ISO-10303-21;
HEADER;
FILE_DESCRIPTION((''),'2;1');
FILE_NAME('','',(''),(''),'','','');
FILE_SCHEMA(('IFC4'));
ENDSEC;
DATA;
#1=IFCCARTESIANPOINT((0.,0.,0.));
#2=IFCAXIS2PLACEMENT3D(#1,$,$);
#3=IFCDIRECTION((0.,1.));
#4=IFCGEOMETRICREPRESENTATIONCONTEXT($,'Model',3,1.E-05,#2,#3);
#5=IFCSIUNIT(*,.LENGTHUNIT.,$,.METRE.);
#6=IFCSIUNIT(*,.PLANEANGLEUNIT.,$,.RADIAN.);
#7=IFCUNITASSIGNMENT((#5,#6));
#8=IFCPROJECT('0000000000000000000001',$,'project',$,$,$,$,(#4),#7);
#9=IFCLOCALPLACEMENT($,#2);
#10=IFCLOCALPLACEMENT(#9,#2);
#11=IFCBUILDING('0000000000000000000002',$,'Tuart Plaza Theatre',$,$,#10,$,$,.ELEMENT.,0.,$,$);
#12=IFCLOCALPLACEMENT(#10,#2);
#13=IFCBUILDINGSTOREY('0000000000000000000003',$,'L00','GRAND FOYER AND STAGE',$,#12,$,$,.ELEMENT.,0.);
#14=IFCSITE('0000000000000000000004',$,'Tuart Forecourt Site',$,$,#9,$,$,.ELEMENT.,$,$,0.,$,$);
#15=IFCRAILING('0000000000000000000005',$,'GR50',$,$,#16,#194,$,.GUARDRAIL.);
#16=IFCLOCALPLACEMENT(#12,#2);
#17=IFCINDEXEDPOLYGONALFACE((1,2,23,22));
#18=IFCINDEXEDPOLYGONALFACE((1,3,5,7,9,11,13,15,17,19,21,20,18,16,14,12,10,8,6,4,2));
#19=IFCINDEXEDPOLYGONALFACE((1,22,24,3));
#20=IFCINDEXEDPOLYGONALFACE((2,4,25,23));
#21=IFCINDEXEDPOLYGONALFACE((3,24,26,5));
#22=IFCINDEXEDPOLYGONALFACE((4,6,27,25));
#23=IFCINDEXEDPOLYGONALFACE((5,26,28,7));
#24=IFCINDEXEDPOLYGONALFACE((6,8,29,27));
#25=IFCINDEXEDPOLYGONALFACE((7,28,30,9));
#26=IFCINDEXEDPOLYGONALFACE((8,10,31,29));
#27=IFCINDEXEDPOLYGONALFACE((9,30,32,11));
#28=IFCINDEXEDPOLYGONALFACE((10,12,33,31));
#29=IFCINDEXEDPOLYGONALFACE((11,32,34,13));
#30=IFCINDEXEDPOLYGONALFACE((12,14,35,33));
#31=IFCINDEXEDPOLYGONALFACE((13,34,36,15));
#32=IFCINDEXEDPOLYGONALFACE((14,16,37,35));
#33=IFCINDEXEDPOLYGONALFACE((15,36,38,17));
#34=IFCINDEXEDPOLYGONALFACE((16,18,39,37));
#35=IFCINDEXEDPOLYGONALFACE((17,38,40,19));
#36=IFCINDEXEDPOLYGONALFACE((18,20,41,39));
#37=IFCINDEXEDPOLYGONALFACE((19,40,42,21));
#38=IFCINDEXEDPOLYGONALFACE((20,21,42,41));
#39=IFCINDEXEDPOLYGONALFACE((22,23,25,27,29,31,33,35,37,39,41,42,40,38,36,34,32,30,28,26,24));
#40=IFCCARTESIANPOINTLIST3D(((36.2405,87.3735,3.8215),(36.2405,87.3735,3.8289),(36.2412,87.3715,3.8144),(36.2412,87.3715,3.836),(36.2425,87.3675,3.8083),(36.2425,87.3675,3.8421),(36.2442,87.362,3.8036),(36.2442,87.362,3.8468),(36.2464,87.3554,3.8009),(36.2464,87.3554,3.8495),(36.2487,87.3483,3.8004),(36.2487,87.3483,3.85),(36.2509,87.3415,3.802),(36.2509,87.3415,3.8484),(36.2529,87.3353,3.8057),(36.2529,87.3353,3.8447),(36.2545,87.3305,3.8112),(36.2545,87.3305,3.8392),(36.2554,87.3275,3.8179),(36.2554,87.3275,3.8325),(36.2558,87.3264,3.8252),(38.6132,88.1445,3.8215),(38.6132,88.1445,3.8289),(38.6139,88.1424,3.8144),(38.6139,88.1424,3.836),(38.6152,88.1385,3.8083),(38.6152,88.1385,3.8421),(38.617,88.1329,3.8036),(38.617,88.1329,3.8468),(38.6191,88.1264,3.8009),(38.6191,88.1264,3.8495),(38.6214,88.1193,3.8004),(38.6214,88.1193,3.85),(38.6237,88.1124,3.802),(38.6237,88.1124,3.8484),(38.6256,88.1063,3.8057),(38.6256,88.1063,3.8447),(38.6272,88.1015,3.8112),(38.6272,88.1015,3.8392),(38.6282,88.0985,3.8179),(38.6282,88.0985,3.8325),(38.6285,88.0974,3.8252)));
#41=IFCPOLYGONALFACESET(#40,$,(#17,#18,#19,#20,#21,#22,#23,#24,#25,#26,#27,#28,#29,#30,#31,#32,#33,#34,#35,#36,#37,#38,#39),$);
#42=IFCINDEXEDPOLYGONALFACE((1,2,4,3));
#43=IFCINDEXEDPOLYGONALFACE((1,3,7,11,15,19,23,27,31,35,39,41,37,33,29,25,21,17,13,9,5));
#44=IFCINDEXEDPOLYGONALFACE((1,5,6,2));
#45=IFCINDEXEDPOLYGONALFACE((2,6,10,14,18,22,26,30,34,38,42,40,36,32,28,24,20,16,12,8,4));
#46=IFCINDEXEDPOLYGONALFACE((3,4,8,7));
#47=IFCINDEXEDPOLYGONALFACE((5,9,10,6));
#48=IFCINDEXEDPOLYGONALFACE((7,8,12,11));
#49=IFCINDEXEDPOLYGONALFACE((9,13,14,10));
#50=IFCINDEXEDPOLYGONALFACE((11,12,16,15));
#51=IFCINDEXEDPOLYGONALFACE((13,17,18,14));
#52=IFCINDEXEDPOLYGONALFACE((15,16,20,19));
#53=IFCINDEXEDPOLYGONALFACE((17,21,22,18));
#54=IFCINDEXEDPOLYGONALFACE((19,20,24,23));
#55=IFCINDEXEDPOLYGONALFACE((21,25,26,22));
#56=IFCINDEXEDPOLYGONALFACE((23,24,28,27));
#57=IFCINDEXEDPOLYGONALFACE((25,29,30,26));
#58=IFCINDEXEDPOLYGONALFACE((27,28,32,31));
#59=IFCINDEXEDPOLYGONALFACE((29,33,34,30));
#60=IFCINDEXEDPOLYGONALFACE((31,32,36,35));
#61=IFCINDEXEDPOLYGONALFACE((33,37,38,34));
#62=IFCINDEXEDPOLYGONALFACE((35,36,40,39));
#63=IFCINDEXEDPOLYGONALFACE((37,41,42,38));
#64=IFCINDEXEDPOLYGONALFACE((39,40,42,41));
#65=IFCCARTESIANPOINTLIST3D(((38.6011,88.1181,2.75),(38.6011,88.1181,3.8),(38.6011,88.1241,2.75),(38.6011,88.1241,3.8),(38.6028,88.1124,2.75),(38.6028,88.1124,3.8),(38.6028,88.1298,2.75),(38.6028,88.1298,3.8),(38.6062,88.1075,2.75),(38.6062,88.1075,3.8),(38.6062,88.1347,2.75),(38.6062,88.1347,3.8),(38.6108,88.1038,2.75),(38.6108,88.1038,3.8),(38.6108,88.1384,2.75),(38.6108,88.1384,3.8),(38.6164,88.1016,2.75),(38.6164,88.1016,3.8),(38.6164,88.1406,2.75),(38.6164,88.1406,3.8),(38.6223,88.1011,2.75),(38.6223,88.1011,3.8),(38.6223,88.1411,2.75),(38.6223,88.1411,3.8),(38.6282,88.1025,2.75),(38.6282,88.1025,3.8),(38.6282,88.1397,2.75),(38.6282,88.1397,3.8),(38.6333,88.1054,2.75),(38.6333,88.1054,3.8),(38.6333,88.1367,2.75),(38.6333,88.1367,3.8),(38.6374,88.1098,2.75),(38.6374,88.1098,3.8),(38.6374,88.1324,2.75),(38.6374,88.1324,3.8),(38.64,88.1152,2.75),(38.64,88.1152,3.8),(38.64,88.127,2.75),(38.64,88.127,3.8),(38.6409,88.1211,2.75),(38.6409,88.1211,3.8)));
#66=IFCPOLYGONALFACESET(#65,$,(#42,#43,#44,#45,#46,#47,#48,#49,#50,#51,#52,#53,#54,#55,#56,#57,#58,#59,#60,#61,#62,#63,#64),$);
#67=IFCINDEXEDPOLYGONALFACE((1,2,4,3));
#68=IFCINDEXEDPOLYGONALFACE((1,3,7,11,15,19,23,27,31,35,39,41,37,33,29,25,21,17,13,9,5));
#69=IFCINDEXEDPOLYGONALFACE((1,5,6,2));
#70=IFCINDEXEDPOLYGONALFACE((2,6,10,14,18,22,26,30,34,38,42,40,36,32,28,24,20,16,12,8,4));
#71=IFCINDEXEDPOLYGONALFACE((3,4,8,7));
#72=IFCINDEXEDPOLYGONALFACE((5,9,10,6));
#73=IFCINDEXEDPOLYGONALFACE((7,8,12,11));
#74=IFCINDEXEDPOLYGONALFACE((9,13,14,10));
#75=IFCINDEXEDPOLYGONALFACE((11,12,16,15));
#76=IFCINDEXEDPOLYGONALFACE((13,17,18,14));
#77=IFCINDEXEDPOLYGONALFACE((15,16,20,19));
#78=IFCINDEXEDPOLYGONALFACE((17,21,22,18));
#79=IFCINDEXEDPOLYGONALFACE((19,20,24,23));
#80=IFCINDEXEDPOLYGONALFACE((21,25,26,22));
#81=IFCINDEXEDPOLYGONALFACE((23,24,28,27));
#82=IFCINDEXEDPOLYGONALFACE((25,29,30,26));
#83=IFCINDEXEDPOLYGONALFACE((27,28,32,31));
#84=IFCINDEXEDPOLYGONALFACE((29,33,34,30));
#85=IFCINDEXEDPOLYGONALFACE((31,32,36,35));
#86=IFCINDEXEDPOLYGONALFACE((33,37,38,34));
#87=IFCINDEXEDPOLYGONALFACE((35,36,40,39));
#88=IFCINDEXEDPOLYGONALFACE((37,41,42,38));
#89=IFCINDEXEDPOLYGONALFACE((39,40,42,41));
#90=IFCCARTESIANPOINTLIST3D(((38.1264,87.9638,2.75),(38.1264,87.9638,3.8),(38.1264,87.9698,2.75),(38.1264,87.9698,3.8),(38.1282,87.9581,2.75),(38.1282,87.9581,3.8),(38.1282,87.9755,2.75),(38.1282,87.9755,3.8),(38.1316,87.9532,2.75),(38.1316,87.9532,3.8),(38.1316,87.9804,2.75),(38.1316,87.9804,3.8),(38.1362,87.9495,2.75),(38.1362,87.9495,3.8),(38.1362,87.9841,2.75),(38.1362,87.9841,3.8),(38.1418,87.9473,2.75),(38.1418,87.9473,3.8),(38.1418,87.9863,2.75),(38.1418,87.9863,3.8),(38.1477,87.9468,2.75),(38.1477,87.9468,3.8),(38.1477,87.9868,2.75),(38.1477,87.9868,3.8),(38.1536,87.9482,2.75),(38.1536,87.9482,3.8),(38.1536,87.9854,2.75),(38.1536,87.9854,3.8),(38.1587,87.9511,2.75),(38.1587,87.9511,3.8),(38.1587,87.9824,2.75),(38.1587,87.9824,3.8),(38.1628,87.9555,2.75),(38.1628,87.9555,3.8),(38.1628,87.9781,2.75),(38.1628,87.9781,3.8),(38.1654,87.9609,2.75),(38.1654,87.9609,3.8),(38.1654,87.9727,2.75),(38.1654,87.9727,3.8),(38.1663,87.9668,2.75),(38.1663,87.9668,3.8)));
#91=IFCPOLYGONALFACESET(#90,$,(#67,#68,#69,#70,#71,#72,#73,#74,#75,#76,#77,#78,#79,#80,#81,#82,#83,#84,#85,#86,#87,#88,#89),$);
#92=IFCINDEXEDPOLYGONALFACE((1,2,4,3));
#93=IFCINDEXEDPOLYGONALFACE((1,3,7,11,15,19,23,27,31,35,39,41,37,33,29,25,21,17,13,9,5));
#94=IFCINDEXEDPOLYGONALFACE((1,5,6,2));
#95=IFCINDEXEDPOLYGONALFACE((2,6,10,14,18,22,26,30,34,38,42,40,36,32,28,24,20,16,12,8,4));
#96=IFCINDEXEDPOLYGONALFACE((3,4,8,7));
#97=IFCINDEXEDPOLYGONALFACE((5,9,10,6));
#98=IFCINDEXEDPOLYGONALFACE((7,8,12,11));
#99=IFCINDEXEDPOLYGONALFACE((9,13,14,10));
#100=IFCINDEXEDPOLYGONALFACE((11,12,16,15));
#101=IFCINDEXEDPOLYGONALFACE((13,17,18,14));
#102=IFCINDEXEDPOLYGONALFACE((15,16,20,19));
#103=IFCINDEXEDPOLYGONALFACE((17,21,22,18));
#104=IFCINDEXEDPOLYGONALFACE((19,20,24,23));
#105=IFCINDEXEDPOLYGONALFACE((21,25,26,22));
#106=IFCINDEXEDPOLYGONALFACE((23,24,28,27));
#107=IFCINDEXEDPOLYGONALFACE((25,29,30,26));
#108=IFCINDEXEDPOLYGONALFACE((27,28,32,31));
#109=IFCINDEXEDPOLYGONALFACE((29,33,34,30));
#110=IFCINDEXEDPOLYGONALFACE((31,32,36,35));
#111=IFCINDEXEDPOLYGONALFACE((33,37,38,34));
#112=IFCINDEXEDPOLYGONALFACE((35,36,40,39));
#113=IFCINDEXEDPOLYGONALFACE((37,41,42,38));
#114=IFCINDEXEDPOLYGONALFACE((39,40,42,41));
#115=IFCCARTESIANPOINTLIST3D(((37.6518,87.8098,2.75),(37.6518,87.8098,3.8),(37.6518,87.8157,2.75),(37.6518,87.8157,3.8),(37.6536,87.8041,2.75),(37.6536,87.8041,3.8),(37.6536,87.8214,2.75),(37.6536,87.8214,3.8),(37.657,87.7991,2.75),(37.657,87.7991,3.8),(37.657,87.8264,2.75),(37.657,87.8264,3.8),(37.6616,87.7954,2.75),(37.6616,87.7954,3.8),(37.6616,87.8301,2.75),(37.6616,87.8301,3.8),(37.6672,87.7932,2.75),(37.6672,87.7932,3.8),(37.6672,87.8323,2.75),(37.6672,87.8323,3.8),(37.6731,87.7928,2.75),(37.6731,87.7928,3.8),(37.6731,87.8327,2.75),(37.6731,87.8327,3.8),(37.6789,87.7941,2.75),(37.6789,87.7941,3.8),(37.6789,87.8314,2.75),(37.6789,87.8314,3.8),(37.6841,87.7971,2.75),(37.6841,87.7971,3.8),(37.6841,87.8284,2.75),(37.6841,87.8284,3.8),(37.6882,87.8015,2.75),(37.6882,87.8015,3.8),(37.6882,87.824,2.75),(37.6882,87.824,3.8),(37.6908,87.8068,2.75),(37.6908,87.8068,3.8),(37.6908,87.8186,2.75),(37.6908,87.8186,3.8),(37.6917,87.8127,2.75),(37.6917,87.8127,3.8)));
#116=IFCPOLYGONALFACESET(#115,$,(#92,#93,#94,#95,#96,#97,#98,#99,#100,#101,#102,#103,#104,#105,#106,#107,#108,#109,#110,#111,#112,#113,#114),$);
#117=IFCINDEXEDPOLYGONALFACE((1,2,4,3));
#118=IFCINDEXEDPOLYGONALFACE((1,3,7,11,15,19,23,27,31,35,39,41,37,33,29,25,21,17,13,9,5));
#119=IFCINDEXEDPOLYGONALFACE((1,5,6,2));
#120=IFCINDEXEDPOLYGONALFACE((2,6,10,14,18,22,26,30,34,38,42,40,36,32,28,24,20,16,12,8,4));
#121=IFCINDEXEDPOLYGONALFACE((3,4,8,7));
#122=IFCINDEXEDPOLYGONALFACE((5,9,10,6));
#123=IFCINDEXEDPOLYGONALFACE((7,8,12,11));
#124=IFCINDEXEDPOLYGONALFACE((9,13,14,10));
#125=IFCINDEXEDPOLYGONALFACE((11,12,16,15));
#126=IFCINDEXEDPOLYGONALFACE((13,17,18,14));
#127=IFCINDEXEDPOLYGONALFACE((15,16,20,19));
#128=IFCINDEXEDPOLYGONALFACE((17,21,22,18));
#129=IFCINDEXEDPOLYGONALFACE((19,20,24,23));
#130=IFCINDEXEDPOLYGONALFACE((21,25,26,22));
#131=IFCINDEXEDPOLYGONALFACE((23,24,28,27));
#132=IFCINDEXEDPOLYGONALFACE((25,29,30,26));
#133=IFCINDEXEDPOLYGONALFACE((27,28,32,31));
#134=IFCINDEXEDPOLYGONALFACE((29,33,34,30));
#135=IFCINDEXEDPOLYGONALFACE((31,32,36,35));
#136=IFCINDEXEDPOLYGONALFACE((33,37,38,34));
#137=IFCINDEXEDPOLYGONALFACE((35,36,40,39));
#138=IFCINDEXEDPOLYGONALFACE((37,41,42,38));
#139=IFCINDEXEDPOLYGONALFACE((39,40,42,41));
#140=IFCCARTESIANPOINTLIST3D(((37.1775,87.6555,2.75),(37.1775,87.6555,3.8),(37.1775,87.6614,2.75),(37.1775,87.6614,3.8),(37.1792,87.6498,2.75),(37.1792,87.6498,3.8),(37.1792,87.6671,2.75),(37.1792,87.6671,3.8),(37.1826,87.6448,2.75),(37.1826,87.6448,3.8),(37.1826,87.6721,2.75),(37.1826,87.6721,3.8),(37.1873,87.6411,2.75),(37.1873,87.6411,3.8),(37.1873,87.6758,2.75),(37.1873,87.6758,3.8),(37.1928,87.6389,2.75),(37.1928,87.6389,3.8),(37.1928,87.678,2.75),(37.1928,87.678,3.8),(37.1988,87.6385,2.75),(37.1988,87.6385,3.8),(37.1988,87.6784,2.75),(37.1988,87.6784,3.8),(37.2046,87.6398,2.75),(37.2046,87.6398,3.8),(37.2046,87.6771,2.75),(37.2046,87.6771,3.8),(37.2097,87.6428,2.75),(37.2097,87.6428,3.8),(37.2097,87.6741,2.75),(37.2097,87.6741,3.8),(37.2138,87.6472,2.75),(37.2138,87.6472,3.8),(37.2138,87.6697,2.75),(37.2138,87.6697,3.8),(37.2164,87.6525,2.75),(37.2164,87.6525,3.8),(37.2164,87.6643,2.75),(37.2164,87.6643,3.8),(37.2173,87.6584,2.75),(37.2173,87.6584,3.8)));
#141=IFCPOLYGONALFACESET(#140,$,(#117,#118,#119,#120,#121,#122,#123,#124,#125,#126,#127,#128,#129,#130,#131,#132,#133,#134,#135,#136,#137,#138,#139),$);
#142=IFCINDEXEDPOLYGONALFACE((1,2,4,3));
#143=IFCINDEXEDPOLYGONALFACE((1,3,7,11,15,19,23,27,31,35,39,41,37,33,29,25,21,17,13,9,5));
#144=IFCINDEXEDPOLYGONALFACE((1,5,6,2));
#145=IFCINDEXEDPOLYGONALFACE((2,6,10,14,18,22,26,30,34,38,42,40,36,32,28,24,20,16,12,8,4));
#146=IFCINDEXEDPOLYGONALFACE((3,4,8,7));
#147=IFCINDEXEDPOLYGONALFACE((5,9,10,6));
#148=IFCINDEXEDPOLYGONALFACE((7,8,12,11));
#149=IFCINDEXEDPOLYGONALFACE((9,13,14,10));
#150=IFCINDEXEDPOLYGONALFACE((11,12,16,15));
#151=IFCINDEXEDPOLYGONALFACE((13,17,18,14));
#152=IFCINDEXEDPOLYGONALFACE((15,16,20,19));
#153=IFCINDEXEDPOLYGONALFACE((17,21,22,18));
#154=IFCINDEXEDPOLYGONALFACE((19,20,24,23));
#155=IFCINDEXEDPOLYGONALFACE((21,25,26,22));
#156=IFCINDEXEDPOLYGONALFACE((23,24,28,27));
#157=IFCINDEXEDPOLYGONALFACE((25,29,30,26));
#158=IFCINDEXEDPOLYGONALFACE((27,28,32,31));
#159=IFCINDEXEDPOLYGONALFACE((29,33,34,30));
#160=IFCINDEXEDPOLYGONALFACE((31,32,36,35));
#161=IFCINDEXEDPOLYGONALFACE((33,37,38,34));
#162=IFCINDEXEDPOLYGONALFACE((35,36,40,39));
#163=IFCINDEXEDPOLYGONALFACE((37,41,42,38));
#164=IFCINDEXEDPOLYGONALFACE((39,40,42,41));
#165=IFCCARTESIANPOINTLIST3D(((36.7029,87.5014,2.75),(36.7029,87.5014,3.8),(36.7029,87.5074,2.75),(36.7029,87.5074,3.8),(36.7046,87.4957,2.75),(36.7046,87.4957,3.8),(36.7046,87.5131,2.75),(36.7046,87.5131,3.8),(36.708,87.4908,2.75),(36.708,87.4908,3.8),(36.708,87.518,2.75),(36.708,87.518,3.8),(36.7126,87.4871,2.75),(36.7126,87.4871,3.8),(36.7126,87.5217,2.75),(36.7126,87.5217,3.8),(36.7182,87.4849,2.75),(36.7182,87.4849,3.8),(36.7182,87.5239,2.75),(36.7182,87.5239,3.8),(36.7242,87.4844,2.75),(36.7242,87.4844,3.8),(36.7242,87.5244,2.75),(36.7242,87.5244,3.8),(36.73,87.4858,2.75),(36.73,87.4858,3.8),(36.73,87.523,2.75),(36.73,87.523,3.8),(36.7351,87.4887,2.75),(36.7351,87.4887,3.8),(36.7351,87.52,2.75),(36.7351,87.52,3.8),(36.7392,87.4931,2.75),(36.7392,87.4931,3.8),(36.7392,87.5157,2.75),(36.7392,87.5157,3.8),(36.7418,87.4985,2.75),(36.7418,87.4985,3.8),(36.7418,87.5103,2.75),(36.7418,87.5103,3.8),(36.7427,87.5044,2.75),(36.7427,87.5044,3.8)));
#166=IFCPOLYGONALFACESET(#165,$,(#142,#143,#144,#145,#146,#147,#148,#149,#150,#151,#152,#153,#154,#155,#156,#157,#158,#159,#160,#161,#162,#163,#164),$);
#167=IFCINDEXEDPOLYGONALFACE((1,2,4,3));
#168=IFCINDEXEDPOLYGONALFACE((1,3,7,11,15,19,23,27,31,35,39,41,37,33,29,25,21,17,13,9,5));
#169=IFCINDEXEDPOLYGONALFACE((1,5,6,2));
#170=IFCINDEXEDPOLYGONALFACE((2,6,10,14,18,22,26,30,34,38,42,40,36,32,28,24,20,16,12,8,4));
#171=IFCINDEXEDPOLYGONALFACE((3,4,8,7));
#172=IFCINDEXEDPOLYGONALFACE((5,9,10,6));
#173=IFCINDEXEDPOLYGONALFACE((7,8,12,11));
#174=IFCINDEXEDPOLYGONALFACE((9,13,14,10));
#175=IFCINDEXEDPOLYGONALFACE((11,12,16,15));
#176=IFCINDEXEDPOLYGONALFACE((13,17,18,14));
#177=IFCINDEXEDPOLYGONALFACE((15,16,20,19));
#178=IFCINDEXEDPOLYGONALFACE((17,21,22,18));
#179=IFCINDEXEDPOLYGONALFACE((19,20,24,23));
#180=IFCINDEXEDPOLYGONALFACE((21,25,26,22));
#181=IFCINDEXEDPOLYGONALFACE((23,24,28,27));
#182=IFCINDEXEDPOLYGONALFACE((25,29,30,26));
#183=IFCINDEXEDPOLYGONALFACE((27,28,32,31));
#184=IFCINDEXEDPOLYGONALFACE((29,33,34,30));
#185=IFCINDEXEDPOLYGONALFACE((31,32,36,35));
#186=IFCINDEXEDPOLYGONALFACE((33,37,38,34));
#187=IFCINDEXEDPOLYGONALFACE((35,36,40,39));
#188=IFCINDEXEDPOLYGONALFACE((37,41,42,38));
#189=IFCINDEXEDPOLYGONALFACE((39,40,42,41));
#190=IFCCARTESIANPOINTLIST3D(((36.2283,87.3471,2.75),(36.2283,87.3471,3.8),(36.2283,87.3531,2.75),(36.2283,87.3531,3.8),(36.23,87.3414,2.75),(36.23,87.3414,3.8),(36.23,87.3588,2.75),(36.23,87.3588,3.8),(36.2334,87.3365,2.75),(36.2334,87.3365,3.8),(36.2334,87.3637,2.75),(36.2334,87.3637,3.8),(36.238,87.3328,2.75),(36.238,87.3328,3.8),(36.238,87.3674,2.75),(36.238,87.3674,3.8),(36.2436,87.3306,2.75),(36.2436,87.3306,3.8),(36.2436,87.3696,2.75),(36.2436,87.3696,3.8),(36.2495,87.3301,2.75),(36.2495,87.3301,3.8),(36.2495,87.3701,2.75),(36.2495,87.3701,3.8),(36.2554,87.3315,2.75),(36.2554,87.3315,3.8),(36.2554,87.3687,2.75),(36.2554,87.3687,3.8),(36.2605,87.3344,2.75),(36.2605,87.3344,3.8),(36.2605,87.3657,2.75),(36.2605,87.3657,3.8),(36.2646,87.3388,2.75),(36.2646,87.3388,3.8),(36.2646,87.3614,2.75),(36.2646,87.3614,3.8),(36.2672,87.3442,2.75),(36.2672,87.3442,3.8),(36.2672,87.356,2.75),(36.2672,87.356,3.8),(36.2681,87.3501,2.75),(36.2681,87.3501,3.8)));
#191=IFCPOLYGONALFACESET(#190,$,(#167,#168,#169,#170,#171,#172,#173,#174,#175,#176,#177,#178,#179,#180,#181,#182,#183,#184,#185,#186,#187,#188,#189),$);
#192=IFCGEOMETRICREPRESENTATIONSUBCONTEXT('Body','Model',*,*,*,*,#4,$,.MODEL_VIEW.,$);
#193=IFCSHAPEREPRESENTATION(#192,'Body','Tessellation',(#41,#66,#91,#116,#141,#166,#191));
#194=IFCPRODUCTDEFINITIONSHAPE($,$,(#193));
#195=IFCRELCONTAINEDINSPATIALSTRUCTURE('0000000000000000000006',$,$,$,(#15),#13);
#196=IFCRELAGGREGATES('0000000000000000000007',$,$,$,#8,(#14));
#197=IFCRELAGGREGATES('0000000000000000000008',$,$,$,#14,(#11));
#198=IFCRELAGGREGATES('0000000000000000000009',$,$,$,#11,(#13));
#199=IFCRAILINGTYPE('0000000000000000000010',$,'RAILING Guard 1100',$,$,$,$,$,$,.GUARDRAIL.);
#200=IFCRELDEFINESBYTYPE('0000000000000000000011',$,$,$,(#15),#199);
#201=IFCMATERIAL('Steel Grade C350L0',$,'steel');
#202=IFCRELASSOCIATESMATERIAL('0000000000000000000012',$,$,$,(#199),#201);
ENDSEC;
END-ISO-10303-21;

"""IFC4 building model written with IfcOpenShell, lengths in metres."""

from ifc_helpers import new_model, si_unit, direction, frame, origin, origin_2d, place, context, subcontext, project, spatial, circle, extrude, material, type_object, element, save


model = new_model("IFC4")

# Units and contexts
model_context = context("Model", 3, precision=1e-05, world=origin(), true_north=direction((0.0, 1.0)))
body_context = subcontext(model_context, "Body", "Model", "MODEL_VIEW")
ifc_project = project(units=[si_unit("LENGTHUNIT", "METRE"), si_unit("PLANEANGLEUNIT", "RADIAN")], contexts=[model_context])

# Site, building, storey
site_placement = place(None, origin())
site = spatial("IfcSite", under=ifc_project, at=site_placement, Name="Tuart Forecourt Site", CompositionType="ELEMENT", RefElevation=0.0)
building_placement = place(site_placement, origin())
building = spatial("IfcBuilding", under=site, at=building_placement, Name="Tuart Plaza Theatre", CompositionType="ELEMENT", ElevationOfRefHeight=0.0)
storey_placement = place(building_placement, origin())
storey = spatial("IfcBuildingStorey", under=building, at=storey_placement, Name="L00", Description="GRAND FOYER AND STAGE", CompositionType="ELEMENT", Elevation=0.0)

# Railing
ifc_material_1 = material(Name="Steel Grade C350L0", Category="steel")
railing_type_1 = type_object("IfcRailingType", Name="RAILING Guard 1100", PredefinedType="GUARDRAIL", material=ifc_material_1)
railing_1_placement = place(storey_placement, frame((38.6208, 88.1211, 2.75)))
element("IfcRailing", 1, at=railing_1_placement, inside=storey, type_object=railing_type_1, Name="GR50", PredefinedType="GUARDRAIL", context=body_context, shape_type="SweptSolid", body=[
    extrude(circle(Radius=0.0249, at=origin_2d()), frame((0.0, 0.0, 1.0752), z_axis=(-0.951053, -0.309026, 0.0), x_axis=(0.309026, -0.951053, 0.0)), (0.0, 0.0, 1.0), 2.4949),
    extrude(circle(Radius=0.02, at=origin_2d()), origin(), (0.0, 0.0, 1.0), 1.05),
    extrude(circle(Radius=0.02, at=origin_2d()), frame((-0.4746, -0.1543, 0.0)), (0.0, 0.0, 1.0), 1.05),
    extrude(circle(Radius=0.02, at=origin_2d()), frame((-0.9492, -0.3083, 0.0)), (0.0, 0.0, 1.0), 1.05),
    extrude(circle(Radius=0.02, at=origin_2d()), frame((-1.4236, -0.4626, 0.0)), (0.0, 0.0, 1.0), 1.05),
    extrude(circle(Radius=0.02, at=origin_2d()), frame((-1.8982, -0.6167, 0.0)), (0.0, 0.0, 1.0), 1.05),
    extrude(circle(Radius=0.02, at=origin_2d()), frame((-2.3728, -0.771, 0.0)), (0.0, 0.0, 1.0), 1.05),
])

save(model, "model.ifc")
